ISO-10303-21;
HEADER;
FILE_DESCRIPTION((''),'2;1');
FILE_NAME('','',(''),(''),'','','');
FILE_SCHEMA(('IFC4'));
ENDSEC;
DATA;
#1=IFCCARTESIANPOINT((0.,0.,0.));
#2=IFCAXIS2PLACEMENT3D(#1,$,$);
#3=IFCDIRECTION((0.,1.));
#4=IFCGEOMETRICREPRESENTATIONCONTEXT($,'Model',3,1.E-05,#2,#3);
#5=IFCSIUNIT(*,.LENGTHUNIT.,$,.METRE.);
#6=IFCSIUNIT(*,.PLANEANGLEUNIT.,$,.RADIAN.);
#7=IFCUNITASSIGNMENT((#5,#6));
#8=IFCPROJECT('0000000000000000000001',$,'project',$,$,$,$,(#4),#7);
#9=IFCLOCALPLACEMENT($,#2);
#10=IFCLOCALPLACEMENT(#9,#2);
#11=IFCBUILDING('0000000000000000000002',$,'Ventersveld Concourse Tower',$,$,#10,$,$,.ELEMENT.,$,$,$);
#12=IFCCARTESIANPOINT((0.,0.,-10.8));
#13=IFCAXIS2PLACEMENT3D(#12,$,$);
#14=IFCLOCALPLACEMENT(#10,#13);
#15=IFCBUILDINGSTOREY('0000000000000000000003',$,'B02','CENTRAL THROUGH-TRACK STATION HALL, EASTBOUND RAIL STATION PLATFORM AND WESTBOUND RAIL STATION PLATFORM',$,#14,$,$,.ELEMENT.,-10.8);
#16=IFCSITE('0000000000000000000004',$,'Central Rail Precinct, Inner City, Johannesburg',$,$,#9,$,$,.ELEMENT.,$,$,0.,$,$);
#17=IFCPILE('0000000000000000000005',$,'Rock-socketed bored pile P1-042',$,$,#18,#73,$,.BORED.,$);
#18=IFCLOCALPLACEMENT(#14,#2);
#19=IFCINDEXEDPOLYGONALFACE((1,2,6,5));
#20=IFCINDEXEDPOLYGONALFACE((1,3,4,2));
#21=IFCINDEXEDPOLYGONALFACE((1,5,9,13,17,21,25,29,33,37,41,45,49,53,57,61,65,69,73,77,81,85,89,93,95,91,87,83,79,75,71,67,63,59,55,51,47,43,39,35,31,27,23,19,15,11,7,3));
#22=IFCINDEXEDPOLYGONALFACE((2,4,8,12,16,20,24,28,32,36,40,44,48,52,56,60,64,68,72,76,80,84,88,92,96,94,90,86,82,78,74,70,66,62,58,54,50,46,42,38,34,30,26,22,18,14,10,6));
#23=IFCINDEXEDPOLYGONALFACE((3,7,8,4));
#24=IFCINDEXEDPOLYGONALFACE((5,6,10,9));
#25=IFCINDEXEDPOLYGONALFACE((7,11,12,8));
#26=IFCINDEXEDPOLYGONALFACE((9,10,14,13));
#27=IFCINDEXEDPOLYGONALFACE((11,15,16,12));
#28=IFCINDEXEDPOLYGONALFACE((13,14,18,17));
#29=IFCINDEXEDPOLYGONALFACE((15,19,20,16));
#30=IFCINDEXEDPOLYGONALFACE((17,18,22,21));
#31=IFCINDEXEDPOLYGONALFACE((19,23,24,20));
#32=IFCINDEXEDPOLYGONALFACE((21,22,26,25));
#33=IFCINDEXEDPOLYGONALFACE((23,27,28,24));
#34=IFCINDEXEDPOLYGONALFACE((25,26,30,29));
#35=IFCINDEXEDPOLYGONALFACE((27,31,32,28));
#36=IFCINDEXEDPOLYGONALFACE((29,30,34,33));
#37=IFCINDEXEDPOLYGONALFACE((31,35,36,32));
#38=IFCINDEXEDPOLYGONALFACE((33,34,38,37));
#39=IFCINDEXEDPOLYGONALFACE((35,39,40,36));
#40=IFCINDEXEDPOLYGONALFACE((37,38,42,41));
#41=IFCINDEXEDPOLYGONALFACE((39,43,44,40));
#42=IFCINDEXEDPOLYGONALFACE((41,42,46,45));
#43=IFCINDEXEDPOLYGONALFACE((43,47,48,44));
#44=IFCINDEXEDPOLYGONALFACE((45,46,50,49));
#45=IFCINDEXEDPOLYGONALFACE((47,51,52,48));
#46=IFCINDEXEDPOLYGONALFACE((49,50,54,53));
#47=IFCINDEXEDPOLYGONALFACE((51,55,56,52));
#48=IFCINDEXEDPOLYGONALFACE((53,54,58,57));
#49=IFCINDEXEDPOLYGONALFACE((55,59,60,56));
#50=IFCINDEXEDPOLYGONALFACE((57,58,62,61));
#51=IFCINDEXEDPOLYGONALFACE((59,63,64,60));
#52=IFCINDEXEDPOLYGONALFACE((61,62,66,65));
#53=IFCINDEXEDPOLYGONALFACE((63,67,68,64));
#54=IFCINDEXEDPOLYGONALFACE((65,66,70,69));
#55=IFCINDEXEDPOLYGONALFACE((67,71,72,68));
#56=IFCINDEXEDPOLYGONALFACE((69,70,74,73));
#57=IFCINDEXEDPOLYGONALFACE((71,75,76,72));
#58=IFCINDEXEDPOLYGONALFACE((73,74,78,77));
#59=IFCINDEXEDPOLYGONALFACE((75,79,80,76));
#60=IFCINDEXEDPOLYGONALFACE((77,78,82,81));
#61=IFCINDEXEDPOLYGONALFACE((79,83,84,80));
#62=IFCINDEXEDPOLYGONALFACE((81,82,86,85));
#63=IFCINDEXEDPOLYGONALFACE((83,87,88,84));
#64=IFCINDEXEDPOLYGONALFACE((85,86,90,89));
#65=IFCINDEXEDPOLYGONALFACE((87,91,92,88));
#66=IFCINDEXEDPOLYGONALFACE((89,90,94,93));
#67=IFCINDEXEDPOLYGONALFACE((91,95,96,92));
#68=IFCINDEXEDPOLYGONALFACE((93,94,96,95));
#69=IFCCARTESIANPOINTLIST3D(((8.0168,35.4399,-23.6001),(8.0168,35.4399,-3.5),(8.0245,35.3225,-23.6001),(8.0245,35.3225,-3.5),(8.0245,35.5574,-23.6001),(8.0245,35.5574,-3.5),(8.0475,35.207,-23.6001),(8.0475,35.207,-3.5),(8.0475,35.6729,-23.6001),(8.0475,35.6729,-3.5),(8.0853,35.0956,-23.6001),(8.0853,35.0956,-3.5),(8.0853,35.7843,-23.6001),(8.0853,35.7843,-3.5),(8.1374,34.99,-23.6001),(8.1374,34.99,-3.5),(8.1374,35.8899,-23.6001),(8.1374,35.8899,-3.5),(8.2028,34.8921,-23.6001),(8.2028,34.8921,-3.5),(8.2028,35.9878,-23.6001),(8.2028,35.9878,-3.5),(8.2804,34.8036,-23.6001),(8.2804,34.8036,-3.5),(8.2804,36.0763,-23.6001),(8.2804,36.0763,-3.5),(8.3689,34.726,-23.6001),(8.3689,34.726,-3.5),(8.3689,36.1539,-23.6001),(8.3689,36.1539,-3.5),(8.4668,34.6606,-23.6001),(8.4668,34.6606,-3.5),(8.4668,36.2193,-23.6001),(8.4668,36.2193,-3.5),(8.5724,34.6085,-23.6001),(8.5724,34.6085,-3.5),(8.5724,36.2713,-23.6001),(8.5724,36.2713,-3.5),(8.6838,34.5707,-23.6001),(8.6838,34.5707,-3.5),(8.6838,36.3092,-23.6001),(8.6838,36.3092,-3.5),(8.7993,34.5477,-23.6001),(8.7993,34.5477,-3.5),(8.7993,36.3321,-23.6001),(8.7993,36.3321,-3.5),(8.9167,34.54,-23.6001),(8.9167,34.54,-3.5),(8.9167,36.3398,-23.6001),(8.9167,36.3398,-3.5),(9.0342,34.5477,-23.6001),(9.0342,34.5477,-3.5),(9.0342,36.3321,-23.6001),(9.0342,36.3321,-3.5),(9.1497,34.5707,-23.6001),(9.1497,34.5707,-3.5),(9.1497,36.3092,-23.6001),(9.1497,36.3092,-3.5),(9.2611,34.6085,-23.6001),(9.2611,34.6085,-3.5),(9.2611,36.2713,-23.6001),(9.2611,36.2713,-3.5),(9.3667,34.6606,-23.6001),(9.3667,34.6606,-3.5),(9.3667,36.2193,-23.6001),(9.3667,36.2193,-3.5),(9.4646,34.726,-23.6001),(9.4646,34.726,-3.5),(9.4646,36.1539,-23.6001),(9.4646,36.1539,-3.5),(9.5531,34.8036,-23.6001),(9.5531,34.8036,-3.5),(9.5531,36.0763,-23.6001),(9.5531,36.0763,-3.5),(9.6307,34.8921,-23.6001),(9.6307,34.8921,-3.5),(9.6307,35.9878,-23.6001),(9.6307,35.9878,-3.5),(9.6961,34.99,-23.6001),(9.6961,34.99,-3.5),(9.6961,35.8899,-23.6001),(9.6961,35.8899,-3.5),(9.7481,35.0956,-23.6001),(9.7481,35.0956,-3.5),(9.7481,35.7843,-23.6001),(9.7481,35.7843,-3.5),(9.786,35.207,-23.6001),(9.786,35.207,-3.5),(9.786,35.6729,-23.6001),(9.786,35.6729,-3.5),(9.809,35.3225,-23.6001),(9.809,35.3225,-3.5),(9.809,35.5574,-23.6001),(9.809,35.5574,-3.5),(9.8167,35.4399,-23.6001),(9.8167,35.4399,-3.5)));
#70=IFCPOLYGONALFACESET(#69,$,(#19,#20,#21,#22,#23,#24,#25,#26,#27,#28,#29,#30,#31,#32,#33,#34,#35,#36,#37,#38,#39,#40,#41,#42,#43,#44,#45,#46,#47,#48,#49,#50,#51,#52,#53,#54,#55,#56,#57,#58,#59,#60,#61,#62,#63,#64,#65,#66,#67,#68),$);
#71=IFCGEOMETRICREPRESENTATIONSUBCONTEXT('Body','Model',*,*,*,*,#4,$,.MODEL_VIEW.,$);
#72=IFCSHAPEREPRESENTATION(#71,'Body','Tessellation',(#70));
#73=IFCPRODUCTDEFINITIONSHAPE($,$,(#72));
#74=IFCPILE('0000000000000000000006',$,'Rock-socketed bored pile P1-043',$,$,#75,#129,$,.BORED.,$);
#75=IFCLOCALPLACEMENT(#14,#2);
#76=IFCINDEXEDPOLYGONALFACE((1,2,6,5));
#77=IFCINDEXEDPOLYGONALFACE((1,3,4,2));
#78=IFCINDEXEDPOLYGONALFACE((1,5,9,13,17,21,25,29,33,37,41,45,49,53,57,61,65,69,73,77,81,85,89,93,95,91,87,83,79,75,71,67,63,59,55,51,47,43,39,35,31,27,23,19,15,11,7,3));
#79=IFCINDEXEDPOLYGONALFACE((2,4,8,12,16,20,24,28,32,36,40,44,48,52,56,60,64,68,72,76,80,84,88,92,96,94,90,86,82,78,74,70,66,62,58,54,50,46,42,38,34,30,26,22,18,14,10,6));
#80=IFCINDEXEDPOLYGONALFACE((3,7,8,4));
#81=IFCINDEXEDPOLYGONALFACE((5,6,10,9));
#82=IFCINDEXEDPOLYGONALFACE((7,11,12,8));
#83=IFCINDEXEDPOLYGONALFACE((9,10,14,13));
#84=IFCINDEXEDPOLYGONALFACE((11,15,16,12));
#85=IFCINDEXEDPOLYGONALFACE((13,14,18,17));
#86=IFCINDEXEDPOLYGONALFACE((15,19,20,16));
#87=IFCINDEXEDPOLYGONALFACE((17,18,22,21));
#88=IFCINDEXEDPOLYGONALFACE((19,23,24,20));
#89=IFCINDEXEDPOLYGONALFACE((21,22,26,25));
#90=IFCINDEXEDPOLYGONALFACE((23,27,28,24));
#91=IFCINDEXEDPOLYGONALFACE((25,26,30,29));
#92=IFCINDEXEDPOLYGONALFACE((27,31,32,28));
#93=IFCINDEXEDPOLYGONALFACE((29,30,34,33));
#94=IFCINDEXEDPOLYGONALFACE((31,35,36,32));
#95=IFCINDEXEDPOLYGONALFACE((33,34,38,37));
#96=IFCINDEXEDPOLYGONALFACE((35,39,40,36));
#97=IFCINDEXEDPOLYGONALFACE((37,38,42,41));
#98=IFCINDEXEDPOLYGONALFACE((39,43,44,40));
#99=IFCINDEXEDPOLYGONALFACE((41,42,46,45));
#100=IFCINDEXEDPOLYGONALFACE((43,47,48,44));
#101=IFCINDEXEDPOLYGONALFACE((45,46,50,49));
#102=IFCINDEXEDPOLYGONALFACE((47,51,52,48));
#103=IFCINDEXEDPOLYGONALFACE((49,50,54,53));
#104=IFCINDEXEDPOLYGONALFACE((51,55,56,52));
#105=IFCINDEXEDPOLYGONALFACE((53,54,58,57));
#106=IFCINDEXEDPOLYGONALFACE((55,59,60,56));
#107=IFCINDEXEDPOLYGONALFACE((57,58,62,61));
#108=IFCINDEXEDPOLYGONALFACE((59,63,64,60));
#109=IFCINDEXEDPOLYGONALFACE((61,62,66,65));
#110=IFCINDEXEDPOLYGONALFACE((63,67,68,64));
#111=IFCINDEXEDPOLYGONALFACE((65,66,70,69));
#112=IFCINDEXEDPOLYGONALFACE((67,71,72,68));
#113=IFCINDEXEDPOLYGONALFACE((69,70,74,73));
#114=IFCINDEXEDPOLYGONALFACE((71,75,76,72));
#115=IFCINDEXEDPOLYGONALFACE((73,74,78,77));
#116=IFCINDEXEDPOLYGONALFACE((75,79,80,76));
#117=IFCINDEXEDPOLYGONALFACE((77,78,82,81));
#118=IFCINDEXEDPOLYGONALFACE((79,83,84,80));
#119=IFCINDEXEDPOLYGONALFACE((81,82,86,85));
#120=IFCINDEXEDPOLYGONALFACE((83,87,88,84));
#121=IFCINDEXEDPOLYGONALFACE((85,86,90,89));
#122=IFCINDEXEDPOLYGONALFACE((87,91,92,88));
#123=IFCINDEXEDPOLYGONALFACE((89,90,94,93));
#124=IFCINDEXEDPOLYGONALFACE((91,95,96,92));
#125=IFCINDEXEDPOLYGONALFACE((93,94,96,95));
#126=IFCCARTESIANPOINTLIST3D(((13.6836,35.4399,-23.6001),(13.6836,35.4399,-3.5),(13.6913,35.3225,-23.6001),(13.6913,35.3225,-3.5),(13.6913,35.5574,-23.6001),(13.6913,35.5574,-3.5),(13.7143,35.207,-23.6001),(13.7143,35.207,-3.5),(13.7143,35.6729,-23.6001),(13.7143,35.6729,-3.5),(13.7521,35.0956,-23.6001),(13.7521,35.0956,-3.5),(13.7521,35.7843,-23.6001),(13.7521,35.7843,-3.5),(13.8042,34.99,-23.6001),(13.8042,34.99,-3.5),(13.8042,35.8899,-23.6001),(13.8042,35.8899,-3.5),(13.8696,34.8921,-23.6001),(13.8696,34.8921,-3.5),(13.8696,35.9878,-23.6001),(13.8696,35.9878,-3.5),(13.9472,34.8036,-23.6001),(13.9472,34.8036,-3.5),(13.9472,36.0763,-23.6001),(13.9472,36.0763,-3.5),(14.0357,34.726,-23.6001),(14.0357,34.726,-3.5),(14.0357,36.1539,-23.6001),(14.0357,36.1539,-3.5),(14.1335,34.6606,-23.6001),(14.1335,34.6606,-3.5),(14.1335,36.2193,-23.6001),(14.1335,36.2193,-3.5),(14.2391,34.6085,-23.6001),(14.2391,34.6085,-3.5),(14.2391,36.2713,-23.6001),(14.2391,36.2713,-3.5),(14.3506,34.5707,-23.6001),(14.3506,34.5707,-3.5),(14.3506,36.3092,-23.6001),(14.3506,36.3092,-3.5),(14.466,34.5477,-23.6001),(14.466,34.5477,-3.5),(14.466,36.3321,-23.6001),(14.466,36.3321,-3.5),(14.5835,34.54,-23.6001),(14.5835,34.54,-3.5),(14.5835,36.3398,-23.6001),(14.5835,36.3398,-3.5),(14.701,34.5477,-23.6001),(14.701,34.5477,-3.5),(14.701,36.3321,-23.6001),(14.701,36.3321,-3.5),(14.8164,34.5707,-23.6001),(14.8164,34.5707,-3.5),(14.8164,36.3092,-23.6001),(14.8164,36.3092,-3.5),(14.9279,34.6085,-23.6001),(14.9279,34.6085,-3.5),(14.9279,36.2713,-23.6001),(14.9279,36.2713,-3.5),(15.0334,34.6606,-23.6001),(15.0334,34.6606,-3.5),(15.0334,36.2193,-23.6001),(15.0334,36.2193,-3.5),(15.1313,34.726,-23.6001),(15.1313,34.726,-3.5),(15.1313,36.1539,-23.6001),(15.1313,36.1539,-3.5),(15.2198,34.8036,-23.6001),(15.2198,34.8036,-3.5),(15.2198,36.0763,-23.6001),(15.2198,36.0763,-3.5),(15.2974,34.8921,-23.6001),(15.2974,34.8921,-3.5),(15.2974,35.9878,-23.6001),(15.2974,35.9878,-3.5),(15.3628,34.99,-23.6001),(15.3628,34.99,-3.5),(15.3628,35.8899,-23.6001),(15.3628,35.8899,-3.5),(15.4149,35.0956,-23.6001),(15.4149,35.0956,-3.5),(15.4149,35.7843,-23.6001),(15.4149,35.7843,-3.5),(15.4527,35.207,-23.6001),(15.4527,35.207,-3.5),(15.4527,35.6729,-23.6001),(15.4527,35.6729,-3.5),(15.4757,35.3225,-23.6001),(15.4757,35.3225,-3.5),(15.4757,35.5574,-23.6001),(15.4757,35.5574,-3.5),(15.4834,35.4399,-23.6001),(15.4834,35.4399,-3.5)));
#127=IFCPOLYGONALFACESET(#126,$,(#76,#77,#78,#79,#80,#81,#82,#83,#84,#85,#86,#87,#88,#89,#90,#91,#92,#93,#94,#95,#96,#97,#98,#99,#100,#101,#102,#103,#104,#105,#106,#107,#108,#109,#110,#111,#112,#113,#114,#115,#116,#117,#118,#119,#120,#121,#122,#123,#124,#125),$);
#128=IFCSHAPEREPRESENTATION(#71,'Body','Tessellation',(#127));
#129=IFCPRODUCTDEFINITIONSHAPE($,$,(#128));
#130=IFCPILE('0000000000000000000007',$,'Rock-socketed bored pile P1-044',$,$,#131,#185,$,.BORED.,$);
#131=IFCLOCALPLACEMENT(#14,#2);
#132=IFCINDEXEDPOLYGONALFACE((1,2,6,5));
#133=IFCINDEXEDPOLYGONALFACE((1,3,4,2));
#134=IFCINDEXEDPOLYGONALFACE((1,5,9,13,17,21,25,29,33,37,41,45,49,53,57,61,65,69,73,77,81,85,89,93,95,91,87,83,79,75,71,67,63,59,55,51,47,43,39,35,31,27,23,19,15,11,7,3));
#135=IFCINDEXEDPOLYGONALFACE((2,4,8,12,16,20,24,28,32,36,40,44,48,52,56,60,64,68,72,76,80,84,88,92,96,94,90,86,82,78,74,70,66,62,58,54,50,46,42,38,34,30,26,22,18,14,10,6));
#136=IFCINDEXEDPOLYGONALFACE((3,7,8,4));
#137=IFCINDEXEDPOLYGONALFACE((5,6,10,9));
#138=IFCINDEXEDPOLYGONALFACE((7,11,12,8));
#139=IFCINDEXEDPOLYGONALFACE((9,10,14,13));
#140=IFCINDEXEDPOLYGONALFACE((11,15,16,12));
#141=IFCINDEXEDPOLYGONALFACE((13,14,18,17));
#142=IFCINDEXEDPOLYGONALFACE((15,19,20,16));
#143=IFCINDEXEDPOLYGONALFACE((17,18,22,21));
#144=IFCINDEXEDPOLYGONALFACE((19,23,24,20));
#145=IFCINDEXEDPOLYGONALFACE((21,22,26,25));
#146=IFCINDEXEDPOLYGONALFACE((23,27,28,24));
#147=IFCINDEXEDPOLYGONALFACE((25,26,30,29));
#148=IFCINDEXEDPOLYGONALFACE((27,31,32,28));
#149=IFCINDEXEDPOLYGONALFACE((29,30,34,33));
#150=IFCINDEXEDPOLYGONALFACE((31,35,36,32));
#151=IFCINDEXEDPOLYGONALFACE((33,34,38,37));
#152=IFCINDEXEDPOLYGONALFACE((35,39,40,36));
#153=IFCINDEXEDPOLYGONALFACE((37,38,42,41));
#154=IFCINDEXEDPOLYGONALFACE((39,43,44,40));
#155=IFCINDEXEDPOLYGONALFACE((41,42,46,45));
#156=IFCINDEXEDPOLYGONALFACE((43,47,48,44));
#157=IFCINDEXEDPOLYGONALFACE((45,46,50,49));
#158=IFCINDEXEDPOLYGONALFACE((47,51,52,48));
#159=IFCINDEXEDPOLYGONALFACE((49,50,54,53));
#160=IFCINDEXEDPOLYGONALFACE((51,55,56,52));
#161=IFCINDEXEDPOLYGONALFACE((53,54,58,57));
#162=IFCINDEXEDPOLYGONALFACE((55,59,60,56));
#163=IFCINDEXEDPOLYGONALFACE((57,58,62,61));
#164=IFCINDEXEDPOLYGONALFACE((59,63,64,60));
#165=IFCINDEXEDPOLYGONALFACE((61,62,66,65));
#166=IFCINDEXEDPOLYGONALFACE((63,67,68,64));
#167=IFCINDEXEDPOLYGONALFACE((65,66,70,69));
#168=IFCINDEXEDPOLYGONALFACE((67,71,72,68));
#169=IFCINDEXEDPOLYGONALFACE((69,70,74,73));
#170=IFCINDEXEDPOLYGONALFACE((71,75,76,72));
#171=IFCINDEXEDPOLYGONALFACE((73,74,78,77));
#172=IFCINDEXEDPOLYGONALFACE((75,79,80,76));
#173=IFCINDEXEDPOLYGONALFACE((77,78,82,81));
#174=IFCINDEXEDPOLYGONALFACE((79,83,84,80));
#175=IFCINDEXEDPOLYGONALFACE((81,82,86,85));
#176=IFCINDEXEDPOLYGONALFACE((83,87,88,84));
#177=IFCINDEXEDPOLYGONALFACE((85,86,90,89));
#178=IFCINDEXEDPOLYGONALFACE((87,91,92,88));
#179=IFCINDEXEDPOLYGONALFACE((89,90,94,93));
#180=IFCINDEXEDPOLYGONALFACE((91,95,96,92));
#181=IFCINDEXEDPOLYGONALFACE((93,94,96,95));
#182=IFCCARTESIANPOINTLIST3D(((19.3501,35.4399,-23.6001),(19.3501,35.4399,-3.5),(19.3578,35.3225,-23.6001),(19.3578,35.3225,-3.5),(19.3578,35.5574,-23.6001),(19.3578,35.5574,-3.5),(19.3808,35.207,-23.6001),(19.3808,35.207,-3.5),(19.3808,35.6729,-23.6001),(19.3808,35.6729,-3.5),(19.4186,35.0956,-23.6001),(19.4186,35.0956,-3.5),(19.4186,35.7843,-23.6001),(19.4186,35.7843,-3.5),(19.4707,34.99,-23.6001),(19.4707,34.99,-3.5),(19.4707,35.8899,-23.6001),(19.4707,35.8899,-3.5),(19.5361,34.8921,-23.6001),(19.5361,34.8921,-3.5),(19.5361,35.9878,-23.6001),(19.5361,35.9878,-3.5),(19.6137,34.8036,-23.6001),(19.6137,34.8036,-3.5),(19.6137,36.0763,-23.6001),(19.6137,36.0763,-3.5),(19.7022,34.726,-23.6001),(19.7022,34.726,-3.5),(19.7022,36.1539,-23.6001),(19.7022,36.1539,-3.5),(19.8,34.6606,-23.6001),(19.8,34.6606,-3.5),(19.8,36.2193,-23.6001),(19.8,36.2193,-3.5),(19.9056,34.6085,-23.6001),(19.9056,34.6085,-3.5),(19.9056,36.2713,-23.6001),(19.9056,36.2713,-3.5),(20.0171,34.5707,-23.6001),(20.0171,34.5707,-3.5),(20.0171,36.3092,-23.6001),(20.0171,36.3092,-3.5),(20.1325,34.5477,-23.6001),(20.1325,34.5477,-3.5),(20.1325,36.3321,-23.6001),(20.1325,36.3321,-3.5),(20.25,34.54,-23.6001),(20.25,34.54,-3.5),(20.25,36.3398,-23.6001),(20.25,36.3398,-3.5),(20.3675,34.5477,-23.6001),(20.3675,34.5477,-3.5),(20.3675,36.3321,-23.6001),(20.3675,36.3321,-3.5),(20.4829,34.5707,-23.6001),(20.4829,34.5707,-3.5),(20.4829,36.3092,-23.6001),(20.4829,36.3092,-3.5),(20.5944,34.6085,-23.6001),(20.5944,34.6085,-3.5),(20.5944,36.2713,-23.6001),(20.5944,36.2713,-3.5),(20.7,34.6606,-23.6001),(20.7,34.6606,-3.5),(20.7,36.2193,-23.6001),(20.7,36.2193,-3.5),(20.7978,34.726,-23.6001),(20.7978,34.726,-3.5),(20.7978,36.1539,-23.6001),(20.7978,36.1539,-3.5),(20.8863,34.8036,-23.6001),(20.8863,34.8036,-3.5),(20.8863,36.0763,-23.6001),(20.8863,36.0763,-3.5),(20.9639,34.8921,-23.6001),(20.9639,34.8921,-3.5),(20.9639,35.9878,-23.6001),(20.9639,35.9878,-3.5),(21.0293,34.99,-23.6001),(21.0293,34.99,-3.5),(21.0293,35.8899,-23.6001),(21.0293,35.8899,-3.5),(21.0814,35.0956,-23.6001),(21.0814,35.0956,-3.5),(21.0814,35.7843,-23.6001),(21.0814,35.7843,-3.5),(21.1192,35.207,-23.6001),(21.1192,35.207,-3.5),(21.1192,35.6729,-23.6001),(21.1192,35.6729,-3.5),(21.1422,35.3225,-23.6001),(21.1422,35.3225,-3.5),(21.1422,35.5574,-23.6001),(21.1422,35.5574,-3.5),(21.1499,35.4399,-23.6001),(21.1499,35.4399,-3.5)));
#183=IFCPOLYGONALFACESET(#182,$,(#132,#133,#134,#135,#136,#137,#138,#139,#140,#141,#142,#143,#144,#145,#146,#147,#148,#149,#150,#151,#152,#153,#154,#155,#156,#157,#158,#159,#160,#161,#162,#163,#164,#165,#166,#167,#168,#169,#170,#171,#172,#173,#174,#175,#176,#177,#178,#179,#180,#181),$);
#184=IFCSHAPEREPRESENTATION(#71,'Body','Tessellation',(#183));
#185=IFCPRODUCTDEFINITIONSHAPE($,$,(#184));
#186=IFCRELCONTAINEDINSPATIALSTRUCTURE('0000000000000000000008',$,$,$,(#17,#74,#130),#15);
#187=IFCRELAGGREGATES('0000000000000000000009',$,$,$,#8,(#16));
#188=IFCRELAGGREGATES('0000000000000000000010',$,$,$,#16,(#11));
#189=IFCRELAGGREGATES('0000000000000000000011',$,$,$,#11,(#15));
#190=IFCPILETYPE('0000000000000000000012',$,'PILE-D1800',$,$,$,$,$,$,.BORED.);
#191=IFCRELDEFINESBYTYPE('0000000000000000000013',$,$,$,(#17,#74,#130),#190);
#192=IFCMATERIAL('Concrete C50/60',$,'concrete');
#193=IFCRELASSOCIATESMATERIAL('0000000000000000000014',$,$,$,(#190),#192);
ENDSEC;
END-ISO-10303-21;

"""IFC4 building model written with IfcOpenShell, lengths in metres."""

from ifc_helpers import new_model, si_unit, direction, frame, origin, origin_2d, place, context, subcontext, project, spatial, circle, extrude, material, material_profile, profile_set, type_object, element, save


model = new_model("IFC4")

# Units and contexts
model_context = context("Model", 3, precision=1e-05, world=origin(), true_north=direction((0.0, 1.0)))
body_context = subcontext(model_context, "Body", "Model", "MODEL_VIEW")
ifc_project = project(units=[si_unit("LENGTHUNIT", "METRE"), si_unit("PLANEANGLEUNIT", "RADIAN")], contexts=[model_context])

# Site, building, storey
site_placement = place(None, origin())
site = spatial("IfcSite", under=ifc_project, at=site_placement, Name="Central Rail Precinct, Inner City, Johannesburg", CompositionType="ELEMENT", RefElevation=0.0)
building_placement = place(site_placement, origin())
building = spatial("IfcBuilding", under=site, at=building_placement, Name="Ventersveld Concourse Tower", CompositionType="ELEMENT")
storey_placement = place(building_placement, frame((0.0, 0.0, -10.8)))
storey = spatial("IfcBuildingStorey", under=building, at=storey_placement, Name="B02", Description="CENTRAL THROUGH-TRACK STATION HALL, EASTBOUND RAIL STATION PLATFORM AND WESTBOUND RAIL STATION PLATFORM", CompositionType="ELEMENT", Elevation=-10.8)

# Piles
ifc_material_1 = material(Name="Concrete C50/60", Category="concrete")
ifc_material_profile_1 = material_profile(ifc_material_1, circle(Radius=0.8999, at=origin_2d()), Name="PILE D1800")
ifc_profile_set_1 = profile_set([ifc_material_profile_1], Name="Concrete C50/60")
pile_type = type_object("IfcPileType", Name="PILE-D1800", PredefinedType="BORED", material=ifc_profile_set_1)
for number, where, z_axis, x_axis, name in (
    (1, (8.9167, 35.4399, -3.5), (0.0, 0.0, -1.0), (1.0, 0.0, 0.0), "Rock-socketed bored pile P1-042"),
    (2, (14.5835, 35.4399, -3.5), (0.0, 0.0, -1.0), (1.0, 0.0, 0.0), "Rock-socketed bored pile P1-043"),
    (3, (20.25, 35.4399, -3.5), (0.0, 0.0, -1.0), (1.0, 0.0, 0.0), "Rock-socketed bored pile P1-044"),
):
    element("IfcPile", number, at=place(storey_placement, frame(where, z_axis=z_axis, x_axis=x_axis)), inside=storey, type_object=pile_type, Name=name, PredefinedType="BORED", context=body_context, shape_type="SweptSolid", body=[
        extrude(circle(Radius=0.8999, at=origin_2d()), origin(), (0.0, 0.0, 1.0), 20.1001),
    ])

save(model, "model.ifc")
